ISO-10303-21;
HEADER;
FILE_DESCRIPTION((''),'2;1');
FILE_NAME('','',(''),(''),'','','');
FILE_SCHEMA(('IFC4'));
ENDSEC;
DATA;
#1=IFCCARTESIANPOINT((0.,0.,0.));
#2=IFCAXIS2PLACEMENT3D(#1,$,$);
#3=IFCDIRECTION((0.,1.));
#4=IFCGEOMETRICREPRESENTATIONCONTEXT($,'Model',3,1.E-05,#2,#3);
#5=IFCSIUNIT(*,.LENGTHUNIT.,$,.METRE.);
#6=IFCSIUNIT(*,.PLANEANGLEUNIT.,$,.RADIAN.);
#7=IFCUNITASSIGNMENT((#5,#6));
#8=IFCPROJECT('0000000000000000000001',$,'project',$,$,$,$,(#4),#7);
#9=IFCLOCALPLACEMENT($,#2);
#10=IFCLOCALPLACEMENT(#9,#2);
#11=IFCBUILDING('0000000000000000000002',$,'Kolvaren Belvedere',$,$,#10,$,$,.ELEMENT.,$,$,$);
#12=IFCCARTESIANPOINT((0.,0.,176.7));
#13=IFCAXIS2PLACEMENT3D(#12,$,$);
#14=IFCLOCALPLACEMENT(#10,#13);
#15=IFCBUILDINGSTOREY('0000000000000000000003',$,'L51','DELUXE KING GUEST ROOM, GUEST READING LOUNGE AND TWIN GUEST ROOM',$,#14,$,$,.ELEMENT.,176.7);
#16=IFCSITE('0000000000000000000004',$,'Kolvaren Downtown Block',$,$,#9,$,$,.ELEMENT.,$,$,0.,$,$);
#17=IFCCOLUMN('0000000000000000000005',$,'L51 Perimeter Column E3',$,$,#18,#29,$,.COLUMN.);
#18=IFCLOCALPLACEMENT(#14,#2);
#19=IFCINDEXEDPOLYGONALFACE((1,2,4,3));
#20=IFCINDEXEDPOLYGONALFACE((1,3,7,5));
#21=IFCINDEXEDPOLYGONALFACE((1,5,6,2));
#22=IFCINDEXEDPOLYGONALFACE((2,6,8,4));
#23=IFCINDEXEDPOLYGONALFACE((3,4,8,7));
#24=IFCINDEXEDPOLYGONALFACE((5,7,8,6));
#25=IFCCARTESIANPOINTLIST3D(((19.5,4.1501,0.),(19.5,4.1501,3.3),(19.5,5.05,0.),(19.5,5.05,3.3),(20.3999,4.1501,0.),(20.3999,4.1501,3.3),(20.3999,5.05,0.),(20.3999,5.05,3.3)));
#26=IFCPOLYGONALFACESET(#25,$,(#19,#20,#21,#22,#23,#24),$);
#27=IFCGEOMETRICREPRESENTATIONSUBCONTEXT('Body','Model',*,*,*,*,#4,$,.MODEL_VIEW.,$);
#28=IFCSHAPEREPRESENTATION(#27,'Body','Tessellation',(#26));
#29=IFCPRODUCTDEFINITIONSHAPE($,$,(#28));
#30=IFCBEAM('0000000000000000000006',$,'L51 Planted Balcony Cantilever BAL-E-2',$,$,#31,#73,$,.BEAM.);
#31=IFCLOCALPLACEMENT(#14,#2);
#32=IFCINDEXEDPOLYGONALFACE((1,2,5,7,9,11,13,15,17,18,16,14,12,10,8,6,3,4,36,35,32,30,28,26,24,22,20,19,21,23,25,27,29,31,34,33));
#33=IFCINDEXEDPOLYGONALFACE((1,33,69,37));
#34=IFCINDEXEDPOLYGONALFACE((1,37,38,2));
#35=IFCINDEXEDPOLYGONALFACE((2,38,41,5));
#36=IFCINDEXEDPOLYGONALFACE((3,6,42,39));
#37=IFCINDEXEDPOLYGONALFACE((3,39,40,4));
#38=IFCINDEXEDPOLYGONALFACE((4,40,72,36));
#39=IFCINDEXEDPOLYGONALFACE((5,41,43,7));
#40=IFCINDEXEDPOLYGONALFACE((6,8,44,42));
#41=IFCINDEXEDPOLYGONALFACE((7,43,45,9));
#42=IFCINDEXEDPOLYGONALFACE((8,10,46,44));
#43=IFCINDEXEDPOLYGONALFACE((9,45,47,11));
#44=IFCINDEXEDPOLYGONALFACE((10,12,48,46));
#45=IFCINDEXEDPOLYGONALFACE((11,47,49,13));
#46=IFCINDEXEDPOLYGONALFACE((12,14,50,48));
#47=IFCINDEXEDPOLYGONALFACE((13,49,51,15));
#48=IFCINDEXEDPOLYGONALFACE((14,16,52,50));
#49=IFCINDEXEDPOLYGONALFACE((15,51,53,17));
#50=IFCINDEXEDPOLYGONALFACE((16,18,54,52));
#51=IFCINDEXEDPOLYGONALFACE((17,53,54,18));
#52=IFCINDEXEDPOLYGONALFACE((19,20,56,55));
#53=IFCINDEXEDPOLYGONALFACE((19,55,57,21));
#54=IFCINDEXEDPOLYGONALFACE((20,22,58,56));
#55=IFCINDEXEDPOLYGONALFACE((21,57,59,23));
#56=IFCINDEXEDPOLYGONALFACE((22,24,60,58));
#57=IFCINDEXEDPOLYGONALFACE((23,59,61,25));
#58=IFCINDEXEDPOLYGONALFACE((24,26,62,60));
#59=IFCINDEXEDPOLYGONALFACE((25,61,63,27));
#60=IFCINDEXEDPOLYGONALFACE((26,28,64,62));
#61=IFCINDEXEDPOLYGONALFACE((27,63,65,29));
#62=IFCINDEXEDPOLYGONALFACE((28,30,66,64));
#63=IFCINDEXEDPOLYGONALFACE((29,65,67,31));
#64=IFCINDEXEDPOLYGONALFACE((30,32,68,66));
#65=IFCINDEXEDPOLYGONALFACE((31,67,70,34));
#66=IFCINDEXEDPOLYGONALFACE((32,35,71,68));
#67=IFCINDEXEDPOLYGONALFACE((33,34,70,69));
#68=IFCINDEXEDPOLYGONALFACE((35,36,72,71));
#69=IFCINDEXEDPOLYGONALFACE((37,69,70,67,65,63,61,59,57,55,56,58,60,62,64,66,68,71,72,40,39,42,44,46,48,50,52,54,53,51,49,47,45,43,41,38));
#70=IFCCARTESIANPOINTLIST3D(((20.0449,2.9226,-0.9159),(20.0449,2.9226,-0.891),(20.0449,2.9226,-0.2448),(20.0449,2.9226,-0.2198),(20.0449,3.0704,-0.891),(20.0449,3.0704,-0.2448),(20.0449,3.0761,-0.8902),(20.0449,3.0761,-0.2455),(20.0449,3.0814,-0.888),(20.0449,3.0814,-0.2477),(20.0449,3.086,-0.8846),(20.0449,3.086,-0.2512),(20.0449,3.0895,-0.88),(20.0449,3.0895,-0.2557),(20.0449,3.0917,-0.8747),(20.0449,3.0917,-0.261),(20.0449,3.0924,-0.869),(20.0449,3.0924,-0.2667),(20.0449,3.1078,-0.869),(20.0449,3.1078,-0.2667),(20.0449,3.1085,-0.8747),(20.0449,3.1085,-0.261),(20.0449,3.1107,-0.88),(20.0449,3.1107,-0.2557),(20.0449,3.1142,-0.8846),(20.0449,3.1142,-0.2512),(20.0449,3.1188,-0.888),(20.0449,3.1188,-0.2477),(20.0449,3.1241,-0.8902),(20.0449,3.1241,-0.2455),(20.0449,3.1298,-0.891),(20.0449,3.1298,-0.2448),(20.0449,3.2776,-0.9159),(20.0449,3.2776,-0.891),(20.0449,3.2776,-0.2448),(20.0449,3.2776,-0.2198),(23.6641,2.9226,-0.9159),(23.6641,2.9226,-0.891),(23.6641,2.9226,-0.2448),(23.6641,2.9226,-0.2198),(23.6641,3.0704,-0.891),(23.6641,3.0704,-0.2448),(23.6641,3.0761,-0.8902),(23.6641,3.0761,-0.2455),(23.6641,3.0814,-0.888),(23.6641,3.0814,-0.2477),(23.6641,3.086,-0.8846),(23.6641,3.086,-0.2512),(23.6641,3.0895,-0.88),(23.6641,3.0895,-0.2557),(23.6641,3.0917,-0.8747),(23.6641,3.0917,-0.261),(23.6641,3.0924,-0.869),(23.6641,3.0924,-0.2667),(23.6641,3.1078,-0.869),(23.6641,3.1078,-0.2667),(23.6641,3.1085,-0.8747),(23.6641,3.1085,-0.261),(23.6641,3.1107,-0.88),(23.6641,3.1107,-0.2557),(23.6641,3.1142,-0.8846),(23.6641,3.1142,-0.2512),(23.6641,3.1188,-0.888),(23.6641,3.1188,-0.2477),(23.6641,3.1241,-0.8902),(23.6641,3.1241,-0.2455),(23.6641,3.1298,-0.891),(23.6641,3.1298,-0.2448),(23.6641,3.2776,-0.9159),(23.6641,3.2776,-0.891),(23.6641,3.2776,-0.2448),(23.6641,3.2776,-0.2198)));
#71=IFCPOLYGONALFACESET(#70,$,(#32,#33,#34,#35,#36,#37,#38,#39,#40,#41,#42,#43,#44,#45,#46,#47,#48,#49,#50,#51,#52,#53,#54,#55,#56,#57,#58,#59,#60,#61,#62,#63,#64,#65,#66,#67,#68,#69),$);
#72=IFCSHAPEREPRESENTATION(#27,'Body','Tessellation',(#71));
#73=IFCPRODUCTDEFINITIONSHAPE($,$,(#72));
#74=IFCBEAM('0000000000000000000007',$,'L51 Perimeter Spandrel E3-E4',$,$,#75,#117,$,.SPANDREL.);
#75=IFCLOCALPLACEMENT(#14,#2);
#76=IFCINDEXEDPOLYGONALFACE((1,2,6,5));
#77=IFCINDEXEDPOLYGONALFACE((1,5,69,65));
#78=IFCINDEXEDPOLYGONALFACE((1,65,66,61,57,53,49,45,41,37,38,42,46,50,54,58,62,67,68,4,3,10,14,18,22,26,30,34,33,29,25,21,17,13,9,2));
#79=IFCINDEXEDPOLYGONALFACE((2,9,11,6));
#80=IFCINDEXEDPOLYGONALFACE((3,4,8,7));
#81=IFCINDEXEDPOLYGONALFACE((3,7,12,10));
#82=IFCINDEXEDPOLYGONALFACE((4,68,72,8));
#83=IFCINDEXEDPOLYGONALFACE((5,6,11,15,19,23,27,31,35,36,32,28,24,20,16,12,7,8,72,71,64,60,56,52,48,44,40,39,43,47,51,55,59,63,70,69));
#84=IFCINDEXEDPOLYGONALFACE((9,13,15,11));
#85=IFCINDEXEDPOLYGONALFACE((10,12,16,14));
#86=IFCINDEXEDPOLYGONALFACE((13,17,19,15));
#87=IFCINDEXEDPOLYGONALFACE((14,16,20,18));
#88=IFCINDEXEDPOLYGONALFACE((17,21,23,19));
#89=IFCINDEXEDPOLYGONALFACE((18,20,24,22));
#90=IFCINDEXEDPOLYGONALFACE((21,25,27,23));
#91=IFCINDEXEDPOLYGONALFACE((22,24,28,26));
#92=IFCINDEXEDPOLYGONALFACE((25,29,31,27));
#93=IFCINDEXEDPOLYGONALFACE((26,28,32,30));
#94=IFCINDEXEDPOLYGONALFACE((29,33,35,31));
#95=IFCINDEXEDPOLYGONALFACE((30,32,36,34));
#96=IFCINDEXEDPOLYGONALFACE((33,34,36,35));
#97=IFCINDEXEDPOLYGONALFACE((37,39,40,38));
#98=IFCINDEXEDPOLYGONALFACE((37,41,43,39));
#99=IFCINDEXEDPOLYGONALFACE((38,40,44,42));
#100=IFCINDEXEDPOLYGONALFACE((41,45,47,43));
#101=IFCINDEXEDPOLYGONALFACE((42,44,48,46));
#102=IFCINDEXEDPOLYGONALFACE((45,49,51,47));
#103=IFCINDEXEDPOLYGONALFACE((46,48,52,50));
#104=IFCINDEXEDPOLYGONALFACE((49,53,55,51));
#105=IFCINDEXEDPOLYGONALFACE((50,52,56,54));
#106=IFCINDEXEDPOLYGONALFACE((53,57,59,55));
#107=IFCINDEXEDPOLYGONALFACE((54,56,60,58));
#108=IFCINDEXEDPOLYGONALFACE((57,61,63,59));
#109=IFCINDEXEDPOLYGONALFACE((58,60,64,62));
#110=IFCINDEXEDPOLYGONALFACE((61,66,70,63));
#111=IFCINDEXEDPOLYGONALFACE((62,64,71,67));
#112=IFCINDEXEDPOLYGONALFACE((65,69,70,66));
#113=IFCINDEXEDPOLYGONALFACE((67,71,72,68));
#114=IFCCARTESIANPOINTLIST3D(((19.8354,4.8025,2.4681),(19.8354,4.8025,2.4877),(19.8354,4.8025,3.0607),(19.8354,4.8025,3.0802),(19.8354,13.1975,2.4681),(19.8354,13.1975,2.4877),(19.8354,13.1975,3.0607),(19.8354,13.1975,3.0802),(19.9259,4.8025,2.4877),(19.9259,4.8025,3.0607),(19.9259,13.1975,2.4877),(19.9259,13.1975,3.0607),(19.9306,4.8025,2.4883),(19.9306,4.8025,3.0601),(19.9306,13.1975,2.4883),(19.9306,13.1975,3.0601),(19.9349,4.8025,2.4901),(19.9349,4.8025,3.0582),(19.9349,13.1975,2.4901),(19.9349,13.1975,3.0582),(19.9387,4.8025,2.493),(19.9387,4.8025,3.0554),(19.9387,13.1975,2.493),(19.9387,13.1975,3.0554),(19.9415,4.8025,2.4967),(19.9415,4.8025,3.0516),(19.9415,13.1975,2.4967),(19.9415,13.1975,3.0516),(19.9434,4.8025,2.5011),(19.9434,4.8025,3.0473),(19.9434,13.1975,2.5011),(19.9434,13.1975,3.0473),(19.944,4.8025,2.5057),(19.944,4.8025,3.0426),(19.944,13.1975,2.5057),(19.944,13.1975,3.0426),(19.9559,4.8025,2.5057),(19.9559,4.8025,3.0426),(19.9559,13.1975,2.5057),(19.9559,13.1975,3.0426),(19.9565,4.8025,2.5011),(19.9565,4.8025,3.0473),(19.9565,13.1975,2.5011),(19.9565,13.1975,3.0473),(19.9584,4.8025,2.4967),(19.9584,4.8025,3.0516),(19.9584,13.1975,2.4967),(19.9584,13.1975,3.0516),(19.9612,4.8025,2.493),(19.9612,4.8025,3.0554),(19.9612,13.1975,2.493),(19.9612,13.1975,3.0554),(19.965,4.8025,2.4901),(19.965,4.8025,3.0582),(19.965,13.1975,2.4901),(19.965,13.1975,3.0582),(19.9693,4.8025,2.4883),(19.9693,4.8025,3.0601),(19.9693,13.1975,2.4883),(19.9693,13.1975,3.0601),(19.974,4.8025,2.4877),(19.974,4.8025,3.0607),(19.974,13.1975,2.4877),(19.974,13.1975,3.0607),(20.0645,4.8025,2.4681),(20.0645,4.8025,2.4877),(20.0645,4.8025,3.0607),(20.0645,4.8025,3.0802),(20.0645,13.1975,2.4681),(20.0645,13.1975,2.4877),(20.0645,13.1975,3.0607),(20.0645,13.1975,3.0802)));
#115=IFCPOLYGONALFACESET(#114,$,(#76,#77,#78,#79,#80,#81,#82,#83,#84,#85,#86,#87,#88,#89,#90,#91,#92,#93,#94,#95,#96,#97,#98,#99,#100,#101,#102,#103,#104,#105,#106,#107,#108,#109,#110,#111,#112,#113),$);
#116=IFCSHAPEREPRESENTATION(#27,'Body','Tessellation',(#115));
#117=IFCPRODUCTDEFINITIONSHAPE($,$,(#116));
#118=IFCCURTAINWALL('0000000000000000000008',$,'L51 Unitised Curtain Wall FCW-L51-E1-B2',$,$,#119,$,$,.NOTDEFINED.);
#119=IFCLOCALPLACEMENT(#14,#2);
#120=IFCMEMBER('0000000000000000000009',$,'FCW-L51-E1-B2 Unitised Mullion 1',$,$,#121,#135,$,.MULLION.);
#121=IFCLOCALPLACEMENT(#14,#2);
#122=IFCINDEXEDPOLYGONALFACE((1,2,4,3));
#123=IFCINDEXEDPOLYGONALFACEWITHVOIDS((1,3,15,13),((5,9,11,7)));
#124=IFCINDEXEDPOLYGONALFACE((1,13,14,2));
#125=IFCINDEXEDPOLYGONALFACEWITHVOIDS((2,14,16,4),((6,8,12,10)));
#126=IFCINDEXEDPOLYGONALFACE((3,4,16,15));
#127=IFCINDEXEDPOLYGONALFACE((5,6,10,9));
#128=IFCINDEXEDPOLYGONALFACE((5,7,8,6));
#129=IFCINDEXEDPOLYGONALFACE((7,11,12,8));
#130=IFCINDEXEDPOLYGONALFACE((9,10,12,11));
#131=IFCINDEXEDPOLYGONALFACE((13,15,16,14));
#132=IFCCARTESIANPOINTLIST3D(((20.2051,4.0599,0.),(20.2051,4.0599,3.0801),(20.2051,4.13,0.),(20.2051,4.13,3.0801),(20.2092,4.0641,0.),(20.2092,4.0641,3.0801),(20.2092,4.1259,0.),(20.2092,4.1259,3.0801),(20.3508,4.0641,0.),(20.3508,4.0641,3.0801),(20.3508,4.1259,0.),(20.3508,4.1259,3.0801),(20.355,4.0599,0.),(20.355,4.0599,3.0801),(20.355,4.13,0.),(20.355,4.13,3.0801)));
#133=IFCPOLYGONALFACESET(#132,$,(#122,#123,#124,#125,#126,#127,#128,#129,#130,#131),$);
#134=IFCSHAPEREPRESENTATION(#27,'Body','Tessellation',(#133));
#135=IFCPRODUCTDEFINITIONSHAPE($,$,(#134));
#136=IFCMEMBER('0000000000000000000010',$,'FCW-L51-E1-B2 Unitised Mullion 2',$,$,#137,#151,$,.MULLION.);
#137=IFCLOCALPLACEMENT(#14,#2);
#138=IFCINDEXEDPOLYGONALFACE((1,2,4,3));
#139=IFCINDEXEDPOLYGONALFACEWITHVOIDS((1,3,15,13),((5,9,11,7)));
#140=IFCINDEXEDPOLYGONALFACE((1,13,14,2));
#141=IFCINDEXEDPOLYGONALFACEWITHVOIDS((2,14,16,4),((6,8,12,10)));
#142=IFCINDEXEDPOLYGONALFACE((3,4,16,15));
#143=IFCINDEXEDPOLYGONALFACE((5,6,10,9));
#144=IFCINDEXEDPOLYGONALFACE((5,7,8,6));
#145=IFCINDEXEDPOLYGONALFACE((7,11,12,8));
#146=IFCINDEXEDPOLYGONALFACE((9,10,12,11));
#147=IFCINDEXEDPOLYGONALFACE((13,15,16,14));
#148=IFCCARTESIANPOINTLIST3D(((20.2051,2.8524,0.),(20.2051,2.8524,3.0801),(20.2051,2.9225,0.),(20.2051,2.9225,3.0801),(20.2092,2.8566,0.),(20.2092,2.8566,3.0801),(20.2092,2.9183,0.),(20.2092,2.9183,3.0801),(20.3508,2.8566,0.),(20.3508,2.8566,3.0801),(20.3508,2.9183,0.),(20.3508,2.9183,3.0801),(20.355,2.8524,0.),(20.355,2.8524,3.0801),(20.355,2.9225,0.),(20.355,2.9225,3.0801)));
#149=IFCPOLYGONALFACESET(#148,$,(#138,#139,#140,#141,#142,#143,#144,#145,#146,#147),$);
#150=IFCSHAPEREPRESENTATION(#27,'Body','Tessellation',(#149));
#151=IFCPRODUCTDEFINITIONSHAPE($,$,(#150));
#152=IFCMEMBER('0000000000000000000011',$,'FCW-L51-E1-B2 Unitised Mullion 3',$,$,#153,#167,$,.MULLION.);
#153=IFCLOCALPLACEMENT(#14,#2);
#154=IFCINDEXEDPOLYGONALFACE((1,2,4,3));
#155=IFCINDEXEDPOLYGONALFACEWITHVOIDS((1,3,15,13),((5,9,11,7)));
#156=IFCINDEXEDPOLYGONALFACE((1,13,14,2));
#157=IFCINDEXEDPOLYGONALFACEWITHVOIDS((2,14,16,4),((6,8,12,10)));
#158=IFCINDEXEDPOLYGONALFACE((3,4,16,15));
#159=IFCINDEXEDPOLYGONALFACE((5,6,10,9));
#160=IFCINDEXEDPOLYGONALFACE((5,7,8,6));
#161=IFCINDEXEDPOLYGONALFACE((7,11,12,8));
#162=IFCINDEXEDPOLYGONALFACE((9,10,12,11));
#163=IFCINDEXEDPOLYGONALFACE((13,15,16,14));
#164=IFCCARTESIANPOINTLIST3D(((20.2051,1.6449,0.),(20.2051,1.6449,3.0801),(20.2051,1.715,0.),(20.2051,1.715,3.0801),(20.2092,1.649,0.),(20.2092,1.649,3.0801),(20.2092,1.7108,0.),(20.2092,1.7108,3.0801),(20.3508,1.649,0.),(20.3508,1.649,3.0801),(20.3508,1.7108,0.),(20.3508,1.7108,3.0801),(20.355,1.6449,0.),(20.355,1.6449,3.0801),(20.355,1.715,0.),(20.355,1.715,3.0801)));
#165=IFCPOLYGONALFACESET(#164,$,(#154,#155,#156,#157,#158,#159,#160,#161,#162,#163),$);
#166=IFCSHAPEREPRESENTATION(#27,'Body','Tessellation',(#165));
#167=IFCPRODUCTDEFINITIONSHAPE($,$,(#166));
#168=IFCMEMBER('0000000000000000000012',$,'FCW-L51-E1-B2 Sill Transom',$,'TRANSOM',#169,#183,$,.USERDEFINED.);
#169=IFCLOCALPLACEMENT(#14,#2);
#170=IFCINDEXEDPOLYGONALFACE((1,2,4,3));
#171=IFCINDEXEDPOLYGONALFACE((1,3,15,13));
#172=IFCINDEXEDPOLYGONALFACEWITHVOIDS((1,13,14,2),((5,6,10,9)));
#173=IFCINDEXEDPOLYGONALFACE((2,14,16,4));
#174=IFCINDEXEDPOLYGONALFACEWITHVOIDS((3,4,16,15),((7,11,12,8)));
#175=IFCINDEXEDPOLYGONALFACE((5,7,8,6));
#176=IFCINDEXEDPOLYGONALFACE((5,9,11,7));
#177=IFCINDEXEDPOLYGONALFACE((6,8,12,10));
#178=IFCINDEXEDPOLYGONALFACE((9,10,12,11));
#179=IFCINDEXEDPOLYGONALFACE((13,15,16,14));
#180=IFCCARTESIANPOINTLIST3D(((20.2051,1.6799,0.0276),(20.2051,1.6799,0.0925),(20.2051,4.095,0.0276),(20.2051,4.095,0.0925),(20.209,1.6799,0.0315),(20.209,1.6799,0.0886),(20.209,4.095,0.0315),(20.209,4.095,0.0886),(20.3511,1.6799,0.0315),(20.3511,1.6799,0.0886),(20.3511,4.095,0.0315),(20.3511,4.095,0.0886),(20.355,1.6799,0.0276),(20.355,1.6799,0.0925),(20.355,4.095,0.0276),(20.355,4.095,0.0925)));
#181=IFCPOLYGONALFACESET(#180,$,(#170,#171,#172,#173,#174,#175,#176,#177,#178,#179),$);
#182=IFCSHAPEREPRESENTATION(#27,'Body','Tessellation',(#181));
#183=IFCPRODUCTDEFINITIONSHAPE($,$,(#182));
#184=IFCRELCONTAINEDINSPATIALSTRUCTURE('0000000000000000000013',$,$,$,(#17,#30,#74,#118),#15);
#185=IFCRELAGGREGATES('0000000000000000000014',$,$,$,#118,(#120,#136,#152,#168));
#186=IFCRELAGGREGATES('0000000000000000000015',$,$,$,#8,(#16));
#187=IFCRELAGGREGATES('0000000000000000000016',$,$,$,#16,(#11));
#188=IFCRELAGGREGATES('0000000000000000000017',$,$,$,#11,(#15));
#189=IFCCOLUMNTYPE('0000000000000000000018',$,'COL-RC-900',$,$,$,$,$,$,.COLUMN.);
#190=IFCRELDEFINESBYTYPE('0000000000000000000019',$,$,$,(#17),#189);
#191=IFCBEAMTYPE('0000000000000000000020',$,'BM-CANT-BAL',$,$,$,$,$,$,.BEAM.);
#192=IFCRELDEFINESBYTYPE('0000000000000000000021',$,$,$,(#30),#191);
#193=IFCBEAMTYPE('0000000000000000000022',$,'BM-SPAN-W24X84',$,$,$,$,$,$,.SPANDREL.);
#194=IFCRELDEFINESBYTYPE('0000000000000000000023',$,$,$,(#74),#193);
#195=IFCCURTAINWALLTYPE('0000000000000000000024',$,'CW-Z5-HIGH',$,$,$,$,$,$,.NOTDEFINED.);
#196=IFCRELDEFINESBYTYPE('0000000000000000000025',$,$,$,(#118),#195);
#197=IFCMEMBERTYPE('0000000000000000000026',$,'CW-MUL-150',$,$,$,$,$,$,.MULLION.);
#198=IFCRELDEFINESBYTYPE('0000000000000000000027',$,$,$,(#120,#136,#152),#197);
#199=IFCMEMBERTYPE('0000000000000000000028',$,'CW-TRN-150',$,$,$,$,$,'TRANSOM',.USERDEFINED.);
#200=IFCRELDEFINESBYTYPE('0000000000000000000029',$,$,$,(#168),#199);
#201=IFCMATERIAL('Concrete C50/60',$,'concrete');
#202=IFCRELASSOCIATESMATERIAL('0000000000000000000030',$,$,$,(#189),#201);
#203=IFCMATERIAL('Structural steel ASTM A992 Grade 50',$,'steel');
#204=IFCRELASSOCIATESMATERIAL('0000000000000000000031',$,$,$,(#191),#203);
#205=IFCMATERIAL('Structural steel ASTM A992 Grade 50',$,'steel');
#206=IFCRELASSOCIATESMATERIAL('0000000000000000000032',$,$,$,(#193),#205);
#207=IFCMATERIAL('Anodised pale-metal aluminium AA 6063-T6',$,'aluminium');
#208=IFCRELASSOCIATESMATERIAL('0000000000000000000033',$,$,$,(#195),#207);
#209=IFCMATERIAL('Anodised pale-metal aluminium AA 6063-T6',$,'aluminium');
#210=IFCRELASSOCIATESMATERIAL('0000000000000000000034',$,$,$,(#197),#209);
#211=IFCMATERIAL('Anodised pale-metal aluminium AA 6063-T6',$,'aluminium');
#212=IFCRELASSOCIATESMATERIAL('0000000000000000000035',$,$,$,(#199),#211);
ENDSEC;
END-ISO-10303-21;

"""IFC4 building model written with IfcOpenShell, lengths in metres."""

from ifc_helpers import new_model, si_unit, direction, frame, origin, origin_2d, place, context, subcontext, project, spatial, rectangle, hollow_rectangle, i_section, extrude, material, material_profile, profile_set, type_object, element, aggregate, save


model = new_model("IFC4")

# Units and contexts
model_context = context("Model", 3, precision=1e-05, world=origin(), true_north=direction((0.0, 1.0)))
body_context = subcontext(model_context, "Body", "Model", "MODEL_VIEW")
ifc_project = project(units=[si_unit("LENGTHUNIT", "METRE"), si_unit("PLANEANGLEUNIT", "RADIAN")], contexts=[model_context])

# Site, building, storey
site_placement = place(None, origin())
site = spatial("IfcSite", under=ifc_project, at=site_placement, Name="Kolvaren Downtown Block", CompositionType="ELEMENT", RefElevation=0.0)
building_placement = place(site_placement, origin())
building = spatial("IfcBuilding", under=site, at=building_placement, Name="Kolvaren Belvedere", CompositionType="ELEMENT")
storey_placement = place(building_placement, frame((0.0, 0.0, 176.7)))
storey = spatial("IfcBuildingStorey", under=building, at=storey_placement, Name="L51", Description="DELUXE KING GUEST ROOM, GUEST READING LOUNGE AND TWIN GUEST ROOM", CompositionType="ELEMENT", Elevation=176.7)

# Column
ifc_material_1 = material(Name="Concrete C50/60", Category="concrete")
ifc_material_profile_1 = material_profile(ifc_material_1, rectangle(XDim=0.8999, YDim=0.8999, at=origin_2d()), Name="RC 900X900")
ifc_profile_set_1 = profile_set([ifc_material_profile_1], Name="Concrete C50/60")
column_type = type_object("IfcColumnType", Name="COL-RC-900", PredefinedType="COLUMN", material=ifc_profile_set_1)
column_placement = place(storey_placement, frame((19.95, 4.6001, 0.0), z_axis=(0.0, 0.0, 1.0), x_axis=(1.0, 0.0, 0.0)))
element("IfcColumn", 1, at=column_placement, inside=storey, type_object=column_type, Name="L51 Perimeter Column E3", PredefinedType="COLUMN", context=body_context, shape_type="SweptSolid", body=[
    extrude(rectangle(XDim=0.8999, YDim=0.8999, at=origin_2d()), origin(), (0.0, 0.0, 1.0), 3.3),
])

# Beams
ifc_material_2 = material(Name="Structural steel ASTM A992 Grade 50", Category="steel")
ifc_material_profile_2 = material_profile(ifc_material_2, i_section(OverallWidth=0.355, OverallDepth=0.696, WebThickness=0.0154, FlangeThickness=0.0249, FilletRadius=0.022, at=origin_2d()), Name="W27X146")
ifc_profile_set_2 = profile_set([ifc_material_profile_2], Name="Structural steel ASTM A992 Grade 50")
beam_type_1 = type_object("IfcBeamType", Name="BM-CANT-BAL", PredefinedType="BEAM", material=ifc_profile_set_2)
beam_1_placement = place(storey_placement, frame((20.0449, 3.1001, -0.5679), z_axis=(1.0, 0.0, 0.0), x_axis=(0.0, 1.0, 0.0)))
element("IfcBeam", 2, at=beam_1_placement, inside=storey, type_object=beam_type_1, Name="L51 Planted Balcony Cantilever BAL-E-2", PredefinedType="BEAM", context=body_context, shape_type="SweptSolid", body=[
    extrude(i_section(OverallWidth=0.355, OverallDepth=0.696, WebThickness=0.0154, FlangeThickness=0.0249, FilletRadius=0.022, at=origin_2d()), origin(), (0.0, 0.0, 1.0), 3.6191),
])
ifc_material_3 = material(Name="Structural steel ASTM A992 Grade 50", Category="steel")
ifc_material_profile_3 = material_profile(ifc_material_3, i_section(OverallWidth=0.229, OverallDepth=0.6121, WebThickness=0.012, FlangeThickness=0.0195, FilletRadius=0.0181, at=origin_2d()), Name="W24X84")
ifc_profile_set_3 = profile_set([ifc_material_profile_3], Name="Structural steel ASTM A992 Grade 50")
beam_type_2 = type_object("IfcBeamType", Name="BM-SPAN-W24X84", PredefinedType="SPANDREL", material=ifc_profile_set_3)
beam_2_placement = place(storey_placement, frame((19.95, 4.8025, 2.7742), z_axis=(0.0, 1.0, 0.0), x_axis=(-1.0, 0.0, 0.0)))
element("IfcBeam", 3, at=beam_2_placement, inside=storey, type_object=beam_type_2, Name="L51 Perimeter Spandrel E3-E4", PredefinedType="SPANDREL", context=body_context, shape_type="SweptSolid", body=[
    extrude(i_section(OverallWidth=0.229, OverallDepth=0.6121, WebThickness=0.012, FlangeThickness=0.0195, FilletRadius=0.0181, at=origin_2d()), origin(), (0.0, 0.0, 1.0), 8.395),
])

# Curtain wall, members
ifc_material_4 = material(Name="Anodised pale-metal aluminium AA 6063-T6", Category="aluminium")
curtain_wall_type = type_object("IfcCurtainWallType", Name="CW-Z5-HIGH", PredefinedType="NOTDEFINED", material=ifc_material_4)
curtain_wall_placement = place(storey_placement, origin())
curtain_wall = element("IfcCurtainWall", 4, at=curtain_wall_placement, inside=storey, type_object=curtain_wall_type, Name="L51 Unitised Curtain Wall FCW-L51-E1-B2", PredefinedType="NOTDEFINED")
ifc_material_5 = material(Name="Anodised pale-metal aluminium AA 6063-T6", Category="aluminium")
ifc_material_profile_4 = material_profile(ifc_material_5, hollow_rectangle(XDim=0.0701, YDim=0.1499, WallThickness=0.0042, at=origin_2d()), Name="ALU-MUL-150X70")
ifc_profile_set_4 = profile_set([ifc_material_profile_4], Name="Anodised pale-metal aluminium AA 6063-T6")
member_type_1 = type_object("IfcMemberType", Name="CW-MUL-150", PredefinedType="MULLION", material=ifc_profile_set_4)
member_1_placement = place(storey_placement, frame((20.28, 4.095, 0.0), z_axis=(0.0, 0.0, 1.0), x_axis=(0.0, 1.0, 0.0)))
member_1 = element("IfcMember", 5, at=member_1_placement, type_object=member_type_1, Name="FCW-L51-E1-B2 Unitised Mullion 1", PredefinedType="MULLION", context=body_context, shape_type="SweptSolid", body=[
    extrude(hollow_rectangle(XDim=0.0701, YDim=0.1499, WallThickness=0.0042, at=origin_2d()), origin(), (0.0, 0.0, 1.0), 3.0801),
])
member_2_placement = place(storey_placement, frame((20.28, 2.8875, 0.0), z_axis=(0.0, 0.0, 1.0), x_axis=(0.0, 1.0, 0.0)))
member_2 = element("IfcMember", 6, at=member_2_placement, type_object=member_type_1, Name="FCW-L51-E1-B2 Unitised Mullion 2", PredefinedType="MULLION", context=body_context, shape_type="SweptSolid", body=[
    extrude(hollow_rectangle(XDim=0.0701, YDim=0.1499, WallThickness=0.0042, at=origin_2d()), origin(), (0.0, 0.0, 1.0), 3.0801),
])
member_3_placement = place(storey_placement, frame((20.28, 1.6799, 0.0), z_axis=(0.0, 0.0, 1.0), x_axis=(0.0, 1.0, 0.0)))
member_3 = element("IfcMember", 7, at=member_3_placement, type_object=member_type_1, Name="FCW-L51-E1-B2 Unitised Mullion 3", PredefinedType="MULLION", context=body_context, shape_type="SweptSolid", body=[
    extrude(hollow_rectangle(XDim=0.0701, YDim=0.1499, WallThickness=0.0042, at=origin_2d()), origin(), (0.0, 0.0, 1.0), 3.0801),
])
ifc_material_6 = material(Name="Anodised pale-metal aluminium AA 6063-T6", Category="aluminium")
ifc_material_profile_5 = material_profile(ifc_material_6, hollow_rectangle(XDim=0.0649, YDim=0.1499, WallThickness=0.0039, at=origin_2d()), Name="ALU-TRN-150X65")
ifc_profile_set_5 = profile_set([ifc_material_profile_5], Name="Anodised pale-metal aluminium AA 6063-T6")
member_type_2 = type_object("IfcMemberType", Name="CW-TRN-150", ElementType="TRANSOM", PredefinedType="USERDEFINED", material=ifc_profile_set_5)
member_4_placement = place(storey_placement, frame((20.28, 4.095, 0.0601), z_axis=(0.0, -1.0, 0.0), x_axis=(0.0, 0.0, 1.0)))
member_4 = element("IfcMember", 8, at=member_4_placement, type_object=member_type_2, Name="FCW-L51-E1-B2 Sill Transom", ObjectType="TRANSOM", PredefinedType="USERDEFINED", context=body_context, shape_type="SweptSolid", body=[
    extrude(hollow_rectangle(XDim=0.0649, YDim=0.1499, WallThickness=0.0039, at=origin_2d()), origin(), (0.0, 0.0, 1.0), 2.415),
])

aggregate(curtain_wall, [member_1, member_2, member_3, member_4])

save(model, "model.ifc")
